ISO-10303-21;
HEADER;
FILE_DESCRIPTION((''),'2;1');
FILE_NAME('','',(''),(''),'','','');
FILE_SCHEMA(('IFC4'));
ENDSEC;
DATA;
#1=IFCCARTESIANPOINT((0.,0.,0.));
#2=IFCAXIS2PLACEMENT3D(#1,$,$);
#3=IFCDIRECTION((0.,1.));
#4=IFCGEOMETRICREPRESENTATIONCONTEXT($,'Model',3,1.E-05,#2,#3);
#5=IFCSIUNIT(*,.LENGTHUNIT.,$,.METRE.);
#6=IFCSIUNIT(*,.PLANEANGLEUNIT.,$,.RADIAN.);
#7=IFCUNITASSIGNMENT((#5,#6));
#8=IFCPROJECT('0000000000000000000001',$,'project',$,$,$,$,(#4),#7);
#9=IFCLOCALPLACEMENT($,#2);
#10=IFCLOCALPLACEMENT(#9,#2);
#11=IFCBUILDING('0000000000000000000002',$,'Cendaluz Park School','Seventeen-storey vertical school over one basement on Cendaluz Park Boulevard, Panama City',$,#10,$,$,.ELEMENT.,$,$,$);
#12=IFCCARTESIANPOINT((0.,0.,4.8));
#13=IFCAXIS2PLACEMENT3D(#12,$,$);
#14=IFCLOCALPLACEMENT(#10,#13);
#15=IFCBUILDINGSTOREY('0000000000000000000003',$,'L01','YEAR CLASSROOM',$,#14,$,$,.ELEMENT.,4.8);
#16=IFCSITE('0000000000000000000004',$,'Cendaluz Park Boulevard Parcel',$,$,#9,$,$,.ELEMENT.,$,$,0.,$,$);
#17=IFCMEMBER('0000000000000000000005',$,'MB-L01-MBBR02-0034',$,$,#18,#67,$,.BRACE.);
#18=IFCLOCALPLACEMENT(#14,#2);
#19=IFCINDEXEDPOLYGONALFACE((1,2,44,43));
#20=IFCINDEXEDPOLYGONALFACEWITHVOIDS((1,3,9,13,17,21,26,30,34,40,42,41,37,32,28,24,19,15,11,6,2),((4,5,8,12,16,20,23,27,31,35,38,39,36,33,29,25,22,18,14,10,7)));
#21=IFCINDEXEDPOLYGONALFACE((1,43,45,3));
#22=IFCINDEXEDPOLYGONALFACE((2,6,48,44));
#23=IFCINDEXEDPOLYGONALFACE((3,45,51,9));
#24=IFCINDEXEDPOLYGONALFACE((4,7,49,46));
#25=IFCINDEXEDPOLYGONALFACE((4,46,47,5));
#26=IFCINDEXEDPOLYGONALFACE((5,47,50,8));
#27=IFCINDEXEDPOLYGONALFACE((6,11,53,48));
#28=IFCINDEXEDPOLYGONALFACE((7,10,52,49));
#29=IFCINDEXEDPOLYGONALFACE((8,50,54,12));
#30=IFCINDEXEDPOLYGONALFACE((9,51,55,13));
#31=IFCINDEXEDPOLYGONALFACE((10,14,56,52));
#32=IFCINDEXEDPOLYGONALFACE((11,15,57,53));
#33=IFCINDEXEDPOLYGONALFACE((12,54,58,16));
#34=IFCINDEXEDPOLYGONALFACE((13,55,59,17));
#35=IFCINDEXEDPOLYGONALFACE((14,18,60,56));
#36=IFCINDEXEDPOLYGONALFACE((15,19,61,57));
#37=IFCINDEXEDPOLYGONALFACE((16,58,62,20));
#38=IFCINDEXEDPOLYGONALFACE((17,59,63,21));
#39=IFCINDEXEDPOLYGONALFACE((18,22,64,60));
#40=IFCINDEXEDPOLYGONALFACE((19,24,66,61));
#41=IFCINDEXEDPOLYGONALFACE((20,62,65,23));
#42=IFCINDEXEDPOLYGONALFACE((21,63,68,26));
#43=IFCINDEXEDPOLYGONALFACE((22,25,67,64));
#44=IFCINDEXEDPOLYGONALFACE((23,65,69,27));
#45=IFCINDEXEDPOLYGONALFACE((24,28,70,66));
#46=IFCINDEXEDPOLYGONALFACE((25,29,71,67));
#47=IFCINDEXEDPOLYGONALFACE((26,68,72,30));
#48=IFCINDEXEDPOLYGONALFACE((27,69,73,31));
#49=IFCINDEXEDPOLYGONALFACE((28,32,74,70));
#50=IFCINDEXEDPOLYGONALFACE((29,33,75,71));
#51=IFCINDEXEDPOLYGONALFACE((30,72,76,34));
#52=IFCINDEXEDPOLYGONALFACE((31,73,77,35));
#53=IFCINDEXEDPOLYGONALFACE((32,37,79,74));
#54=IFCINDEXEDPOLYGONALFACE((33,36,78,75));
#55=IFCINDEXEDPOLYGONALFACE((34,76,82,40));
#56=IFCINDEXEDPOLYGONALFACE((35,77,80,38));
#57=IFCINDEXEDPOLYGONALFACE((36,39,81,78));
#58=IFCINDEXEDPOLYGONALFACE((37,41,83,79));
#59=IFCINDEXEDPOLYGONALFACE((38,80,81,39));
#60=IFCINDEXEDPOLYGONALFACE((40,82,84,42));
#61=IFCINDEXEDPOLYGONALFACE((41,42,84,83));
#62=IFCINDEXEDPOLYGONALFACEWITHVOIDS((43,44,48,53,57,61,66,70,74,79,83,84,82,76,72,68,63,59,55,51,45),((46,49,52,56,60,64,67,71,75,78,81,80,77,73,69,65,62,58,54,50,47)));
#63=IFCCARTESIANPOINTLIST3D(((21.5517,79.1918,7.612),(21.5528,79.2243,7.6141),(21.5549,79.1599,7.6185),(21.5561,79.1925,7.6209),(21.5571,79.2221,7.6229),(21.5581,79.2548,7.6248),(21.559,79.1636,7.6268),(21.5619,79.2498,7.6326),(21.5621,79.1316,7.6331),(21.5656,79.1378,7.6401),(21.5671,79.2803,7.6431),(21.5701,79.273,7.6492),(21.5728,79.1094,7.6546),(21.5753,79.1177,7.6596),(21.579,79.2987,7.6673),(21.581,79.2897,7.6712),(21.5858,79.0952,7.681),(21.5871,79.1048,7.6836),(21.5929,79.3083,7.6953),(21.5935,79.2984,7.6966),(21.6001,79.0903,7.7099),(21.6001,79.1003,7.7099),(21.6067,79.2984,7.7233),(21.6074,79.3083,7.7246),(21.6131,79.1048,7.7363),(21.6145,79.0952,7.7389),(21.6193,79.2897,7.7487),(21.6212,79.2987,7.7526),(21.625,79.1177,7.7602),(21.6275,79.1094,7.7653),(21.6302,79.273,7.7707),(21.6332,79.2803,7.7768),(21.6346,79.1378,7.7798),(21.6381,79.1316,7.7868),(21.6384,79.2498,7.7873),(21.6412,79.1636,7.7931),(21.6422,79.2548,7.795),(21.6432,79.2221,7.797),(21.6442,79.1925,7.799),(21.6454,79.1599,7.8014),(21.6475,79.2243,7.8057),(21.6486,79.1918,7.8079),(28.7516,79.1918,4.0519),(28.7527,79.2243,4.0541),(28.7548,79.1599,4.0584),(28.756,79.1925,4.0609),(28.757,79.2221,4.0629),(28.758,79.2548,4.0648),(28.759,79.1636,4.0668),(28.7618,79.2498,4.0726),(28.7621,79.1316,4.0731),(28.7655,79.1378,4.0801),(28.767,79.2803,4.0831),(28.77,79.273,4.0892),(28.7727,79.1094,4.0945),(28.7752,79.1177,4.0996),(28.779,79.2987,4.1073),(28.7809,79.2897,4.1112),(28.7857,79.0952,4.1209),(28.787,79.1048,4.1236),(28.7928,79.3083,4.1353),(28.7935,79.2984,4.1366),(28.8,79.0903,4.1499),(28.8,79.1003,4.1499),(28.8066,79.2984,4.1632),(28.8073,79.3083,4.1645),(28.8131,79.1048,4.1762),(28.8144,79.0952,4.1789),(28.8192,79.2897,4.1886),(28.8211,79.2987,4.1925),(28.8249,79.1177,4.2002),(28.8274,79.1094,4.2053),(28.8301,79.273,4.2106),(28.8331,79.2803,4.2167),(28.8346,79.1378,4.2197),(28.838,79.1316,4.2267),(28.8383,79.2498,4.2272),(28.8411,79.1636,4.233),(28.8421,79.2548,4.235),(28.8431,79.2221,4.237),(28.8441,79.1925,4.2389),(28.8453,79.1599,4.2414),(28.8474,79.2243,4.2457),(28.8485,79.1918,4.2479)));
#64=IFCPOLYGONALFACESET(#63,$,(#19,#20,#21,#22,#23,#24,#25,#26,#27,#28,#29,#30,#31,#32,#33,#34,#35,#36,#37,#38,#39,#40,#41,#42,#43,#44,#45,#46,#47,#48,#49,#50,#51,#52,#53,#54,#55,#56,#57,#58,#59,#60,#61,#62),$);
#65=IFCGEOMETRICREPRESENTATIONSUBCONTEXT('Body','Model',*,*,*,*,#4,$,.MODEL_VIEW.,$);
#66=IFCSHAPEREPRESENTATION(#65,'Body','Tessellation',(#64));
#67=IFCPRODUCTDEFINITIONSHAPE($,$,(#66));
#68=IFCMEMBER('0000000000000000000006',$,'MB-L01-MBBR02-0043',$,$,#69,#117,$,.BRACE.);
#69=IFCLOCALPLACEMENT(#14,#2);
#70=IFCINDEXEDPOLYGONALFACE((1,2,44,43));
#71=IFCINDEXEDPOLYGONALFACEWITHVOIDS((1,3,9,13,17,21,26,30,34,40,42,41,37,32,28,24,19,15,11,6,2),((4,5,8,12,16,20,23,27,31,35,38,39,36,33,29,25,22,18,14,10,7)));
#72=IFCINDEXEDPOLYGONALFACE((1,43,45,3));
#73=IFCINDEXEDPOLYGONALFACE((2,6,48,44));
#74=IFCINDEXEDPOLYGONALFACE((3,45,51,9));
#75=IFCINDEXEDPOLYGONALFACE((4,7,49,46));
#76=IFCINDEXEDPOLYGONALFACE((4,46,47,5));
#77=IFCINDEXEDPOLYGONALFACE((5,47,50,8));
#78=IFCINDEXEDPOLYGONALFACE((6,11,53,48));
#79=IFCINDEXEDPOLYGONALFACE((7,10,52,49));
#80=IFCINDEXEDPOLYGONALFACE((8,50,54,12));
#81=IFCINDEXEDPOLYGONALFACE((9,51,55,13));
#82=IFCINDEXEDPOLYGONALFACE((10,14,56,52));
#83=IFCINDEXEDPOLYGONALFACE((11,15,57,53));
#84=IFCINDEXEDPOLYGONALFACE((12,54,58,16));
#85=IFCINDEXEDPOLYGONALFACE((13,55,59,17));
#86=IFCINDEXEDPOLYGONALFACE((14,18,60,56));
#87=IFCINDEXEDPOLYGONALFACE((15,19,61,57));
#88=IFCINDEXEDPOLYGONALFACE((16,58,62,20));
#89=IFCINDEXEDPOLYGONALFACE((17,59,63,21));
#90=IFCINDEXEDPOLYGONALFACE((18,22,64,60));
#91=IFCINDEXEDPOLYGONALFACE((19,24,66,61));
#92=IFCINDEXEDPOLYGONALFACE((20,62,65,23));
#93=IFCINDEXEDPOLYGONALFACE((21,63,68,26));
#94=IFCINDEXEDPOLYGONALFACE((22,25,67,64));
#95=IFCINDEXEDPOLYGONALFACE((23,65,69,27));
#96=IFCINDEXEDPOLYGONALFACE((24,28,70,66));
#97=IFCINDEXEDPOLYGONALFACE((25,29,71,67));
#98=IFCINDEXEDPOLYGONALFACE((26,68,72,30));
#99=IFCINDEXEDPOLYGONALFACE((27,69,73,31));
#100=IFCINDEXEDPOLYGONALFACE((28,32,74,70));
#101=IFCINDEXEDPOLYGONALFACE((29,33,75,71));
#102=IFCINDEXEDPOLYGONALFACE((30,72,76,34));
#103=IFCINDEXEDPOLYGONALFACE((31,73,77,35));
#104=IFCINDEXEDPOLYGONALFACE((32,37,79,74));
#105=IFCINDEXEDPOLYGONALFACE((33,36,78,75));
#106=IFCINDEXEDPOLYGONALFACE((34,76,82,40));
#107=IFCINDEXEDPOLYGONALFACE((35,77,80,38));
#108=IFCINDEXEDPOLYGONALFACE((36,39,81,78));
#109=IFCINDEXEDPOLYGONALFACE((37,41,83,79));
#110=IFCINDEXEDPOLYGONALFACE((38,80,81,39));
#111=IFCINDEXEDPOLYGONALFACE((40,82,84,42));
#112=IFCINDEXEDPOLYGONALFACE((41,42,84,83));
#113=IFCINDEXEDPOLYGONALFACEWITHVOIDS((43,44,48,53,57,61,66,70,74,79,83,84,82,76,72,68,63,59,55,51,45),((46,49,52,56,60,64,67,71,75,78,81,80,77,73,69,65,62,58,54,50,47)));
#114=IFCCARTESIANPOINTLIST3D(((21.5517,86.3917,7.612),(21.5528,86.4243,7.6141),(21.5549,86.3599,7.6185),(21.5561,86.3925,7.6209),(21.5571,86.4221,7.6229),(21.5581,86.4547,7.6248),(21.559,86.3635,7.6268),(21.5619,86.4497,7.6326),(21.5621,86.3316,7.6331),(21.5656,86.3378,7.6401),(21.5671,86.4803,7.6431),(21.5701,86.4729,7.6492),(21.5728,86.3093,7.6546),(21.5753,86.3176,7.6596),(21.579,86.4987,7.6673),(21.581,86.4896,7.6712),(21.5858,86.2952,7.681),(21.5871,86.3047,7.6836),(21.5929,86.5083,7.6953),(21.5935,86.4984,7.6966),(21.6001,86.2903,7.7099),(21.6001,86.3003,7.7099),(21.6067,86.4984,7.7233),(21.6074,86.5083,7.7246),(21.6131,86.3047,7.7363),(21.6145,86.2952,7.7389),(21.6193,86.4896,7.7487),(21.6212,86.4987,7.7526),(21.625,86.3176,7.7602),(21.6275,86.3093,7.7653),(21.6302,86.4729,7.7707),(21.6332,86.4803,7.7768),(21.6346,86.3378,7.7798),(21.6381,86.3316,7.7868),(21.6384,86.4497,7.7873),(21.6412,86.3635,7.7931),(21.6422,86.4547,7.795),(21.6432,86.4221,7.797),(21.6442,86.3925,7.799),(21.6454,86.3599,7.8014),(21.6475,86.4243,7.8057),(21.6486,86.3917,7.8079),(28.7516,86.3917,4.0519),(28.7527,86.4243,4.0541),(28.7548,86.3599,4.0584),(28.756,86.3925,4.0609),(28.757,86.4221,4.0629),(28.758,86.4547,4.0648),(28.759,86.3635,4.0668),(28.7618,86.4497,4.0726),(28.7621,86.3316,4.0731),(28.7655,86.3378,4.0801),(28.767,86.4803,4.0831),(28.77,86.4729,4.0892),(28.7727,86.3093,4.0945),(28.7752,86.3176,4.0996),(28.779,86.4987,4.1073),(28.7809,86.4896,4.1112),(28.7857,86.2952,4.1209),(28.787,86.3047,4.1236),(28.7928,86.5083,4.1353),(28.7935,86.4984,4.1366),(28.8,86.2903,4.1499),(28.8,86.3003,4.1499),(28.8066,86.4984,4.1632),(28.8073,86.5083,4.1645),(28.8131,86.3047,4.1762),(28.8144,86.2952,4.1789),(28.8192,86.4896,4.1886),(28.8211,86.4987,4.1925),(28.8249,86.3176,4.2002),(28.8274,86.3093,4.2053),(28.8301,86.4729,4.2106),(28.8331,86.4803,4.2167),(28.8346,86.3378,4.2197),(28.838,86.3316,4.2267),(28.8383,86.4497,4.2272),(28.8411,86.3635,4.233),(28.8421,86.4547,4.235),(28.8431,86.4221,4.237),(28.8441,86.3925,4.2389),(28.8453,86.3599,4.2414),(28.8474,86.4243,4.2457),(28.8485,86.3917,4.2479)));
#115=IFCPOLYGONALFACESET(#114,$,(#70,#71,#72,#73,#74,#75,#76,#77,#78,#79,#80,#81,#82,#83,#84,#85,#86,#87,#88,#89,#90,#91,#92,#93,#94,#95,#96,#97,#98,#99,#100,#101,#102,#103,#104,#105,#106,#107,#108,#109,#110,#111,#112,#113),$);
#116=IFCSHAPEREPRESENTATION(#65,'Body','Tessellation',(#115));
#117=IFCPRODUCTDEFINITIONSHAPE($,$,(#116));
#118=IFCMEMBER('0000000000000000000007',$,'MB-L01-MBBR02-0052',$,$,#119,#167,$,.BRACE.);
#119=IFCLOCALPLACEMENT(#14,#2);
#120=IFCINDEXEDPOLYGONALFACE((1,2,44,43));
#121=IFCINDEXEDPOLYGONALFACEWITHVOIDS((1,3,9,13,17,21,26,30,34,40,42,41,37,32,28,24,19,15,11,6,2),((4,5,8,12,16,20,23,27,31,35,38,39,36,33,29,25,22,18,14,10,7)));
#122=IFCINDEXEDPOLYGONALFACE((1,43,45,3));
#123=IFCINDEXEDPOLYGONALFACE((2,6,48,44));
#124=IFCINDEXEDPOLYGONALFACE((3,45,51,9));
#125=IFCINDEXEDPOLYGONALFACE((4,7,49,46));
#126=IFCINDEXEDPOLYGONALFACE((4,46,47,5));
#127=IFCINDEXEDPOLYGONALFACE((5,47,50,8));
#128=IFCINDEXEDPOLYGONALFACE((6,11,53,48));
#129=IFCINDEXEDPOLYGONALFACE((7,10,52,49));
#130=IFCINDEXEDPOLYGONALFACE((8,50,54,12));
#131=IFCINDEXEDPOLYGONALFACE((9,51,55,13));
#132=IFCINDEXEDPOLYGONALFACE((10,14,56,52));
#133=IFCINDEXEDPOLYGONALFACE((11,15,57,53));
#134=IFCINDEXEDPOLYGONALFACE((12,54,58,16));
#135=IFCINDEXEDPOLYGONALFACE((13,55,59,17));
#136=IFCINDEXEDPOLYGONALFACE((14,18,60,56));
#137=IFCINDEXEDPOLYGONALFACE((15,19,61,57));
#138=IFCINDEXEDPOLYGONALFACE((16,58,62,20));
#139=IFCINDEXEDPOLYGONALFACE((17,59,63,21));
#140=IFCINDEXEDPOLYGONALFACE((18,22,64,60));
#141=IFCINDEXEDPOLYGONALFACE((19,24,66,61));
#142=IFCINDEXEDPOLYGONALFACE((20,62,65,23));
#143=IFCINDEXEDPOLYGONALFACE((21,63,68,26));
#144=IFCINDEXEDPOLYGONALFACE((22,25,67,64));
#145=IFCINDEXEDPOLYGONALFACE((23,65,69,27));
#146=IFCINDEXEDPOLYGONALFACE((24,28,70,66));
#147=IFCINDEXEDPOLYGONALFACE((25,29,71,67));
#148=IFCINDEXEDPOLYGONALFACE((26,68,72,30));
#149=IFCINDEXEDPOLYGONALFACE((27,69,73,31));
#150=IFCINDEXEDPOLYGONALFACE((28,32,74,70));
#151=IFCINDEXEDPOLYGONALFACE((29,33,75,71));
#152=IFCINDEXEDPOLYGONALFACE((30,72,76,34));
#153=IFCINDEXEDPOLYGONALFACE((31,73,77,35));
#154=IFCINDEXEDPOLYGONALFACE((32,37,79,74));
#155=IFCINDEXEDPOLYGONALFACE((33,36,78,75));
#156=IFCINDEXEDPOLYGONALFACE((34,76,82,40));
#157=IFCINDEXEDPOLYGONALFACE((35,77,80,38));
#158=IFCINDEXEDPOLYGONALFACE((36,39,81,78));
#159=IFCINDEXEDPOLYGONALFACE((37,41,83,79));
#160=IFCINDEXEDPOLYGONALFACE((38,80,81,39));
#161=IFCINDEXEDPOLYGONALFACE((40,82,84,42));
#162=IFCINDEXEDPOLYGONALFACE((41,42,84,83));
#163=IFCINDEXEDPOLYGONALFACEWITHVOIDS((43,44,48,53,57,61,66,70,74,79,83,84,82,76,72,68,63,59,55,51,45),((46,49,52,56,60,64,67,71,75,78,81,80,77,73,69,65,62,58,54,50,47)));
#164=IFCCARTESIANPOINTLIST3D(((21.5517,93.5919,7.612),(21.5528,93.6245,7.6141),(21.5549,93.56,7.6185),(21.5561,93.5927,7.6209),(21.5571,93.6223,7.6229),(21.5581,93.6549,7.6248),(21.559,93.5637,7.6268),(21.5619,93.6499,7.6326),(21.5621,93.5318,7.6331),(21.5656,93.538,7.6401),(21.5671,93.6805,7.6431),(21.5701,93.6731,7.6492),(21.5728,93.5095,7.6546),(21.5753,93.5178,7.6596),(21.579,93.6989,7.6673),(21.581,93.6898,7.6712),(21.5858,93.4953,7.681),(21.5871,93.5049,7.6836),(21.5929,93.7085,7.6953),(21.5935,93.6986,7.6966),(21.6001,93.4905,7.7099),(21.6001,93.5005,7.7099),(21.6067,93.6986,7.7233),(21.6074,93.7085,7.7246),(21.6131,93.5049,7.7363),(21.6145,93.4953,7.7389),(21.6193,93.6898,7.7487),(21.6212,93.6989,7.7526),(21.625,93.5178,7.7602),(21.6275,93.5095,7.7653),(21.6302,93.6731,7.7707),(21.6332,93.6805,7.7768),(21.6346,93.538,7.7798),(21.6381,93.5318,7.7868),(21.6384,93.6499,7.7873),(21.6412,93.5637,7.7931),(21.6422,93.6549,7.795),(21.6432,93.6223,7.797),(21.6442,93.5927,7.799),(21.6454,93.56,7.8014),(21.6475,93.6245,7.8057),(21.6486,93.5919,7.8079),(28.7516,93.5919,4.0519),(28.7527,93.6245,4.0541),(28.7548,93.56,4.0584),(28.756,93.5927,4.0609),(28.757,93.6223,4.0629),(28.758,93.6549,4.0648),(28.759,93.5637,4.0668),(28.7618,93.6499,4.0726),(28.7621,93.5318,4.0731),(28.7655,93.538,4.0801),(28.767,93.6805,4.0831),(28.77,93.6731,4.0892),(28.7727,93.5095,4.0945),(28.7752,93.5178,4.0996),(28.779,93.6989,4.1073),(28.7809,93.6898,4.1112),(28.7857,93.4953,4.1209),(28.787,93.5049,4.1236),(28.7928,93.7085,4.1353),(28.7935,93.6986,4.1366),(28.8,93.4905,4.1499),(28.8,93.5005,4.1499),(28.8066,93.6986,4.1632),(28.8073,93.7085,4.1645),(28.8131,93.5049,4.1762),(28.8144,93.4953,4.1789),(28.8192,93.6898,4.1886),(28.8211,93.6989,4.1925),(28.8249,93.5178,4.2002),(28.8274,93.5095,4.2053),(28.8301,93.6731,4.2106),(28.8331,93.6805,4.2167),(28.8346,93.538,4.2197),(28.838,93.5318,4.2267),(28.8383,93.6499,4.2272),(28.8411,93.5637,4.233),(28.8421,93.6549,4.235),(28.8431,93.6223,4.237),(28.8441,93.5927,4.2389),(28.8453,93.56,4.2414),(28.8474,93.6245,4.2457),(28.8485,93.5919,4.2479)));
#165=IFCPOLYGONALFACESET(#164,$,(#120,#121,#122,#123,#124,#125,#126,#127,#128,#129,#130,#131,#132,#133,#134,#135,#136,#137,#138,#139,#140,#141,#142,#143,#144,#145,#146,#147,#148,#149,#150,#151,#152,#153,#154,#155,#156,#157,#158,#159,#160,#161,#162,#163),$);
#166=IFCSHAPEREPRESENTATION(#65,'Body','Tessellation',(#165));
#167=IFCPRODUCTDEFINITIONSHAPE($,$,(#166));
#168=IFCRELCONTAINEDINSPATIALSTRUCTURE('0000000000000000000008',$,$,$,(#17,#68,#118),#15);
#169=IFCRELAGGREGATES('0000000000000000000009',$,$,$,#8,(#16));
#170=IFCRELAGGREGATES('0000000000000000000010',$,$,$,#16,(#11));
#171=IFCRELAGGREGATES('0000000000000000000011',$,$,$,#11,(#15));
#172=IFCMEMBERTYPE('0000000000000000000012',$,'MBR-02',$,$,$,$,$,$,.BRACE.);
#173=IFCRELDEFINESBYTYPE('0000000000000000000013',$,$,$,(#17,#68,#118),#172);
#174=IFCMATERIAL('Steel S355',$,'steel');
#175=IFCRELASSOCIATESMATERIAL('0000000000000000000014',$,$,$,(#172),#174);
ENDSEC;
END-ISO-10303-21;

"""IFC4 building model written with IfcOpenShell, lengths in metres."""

from ifc_helpers import new_model, si_unit, direction, frame, origin, origin_2d, place, context, subcontext, project, spatial, hollow_circle, extrude, material, material_profile, profile_set, type_object, element, save


model = new_model("IFC4")

# Units and contexts
model_context = context("Model", 3, precision=1e-05, world=origin(), true_north=direction((0.0, 1.0)))
body_context = subcontext(model_context, "Body", "Model", "MODEL_VIEW")
ifc_project = project(units=[si_unit("LENGTHUNIT", "METRE"), si_unit("PLANEANGLEUNIT", "RADIAN")], contexts=[model_context])

# Site, building, storey
site_placement = place(None, origin())
site = spatial("IfcSite", under=ifc_project, at=site_placement, Name="Cendaluz Park Boulevard Parcel", CompositionType="ELEMENT", RefElevation=0.0)
building_placement = place(site_placement, origin())
building = spatial("IfcBuilding", under=site, at=building_placement, Name="Cendaluz Park School", Description="Seventeen-storey vertical school over one basement on Cendaluz Park Boulevard, Panama City", CompositionType="ELEMENT")
storey_placement = place(building_placement, frame((0.0, 0.0, 4.8)))
storey = spatial("IfcBuildingStorey", under=building, at=storey_placement, Name="L01", Description="YEAR CLASSROOM", CompositionType="ELEMENT", Elevation=4.8)

# Members
ifc_material_1 = material(Name="Steel S355", Category="steel")
ifc_material_profile_1 = material_profile(ifc_material_1, hollow_circle(Radius=0.1096, WallThickness=0.01, at=origin_2d()), Name="CHS 219x10", Category="steel")
ifc_profile_set_1 = profile_set([ifc_material_profile_1], Name="Steel S355")
member_type_1 = type_object("IfcMemberType", Name="MBR-02", PredefinedType="BRACE", material=ifc_profile_set_1)
for number, where, z_axis, x_axis, name in (
    (1, (28.8, 79.2, 4.1499), (-0.896406, 0.0, 0.443233), (0.0, -1.0, 0.0), "MB-L01-MBBR02-0034"),
    (2, (28.8, 86.3999, 4.1499), (-0.896406, 0.0, 0.443233), (0.0, -1.0, 0.0), "MB-L01-MBBR02-0043"),
    (3, (28.8, 93.6001, 4.1499), (-0.896406, 0.0, 0.443233), (0.0, -1.0, 0.0), "MB-L01-MBBR02-0052"),
):
    element("IfcMember", number, at=place(storey_placement, frame(where, z_axis=z_axis, x_axis=x_axis)), inside=storey, type_object=member_type_1, Name=name, PredefinedType="BRACE", context=body_context, shape_type="SweptSolid", body=[
        extrude(hollow_circle(Radius=0.1096, WallThickness=0.01, at=origin_2d()), origin(), (0.0, 0.0, 1.0), 8.032),
    ])

save(model, "model.ifc")
